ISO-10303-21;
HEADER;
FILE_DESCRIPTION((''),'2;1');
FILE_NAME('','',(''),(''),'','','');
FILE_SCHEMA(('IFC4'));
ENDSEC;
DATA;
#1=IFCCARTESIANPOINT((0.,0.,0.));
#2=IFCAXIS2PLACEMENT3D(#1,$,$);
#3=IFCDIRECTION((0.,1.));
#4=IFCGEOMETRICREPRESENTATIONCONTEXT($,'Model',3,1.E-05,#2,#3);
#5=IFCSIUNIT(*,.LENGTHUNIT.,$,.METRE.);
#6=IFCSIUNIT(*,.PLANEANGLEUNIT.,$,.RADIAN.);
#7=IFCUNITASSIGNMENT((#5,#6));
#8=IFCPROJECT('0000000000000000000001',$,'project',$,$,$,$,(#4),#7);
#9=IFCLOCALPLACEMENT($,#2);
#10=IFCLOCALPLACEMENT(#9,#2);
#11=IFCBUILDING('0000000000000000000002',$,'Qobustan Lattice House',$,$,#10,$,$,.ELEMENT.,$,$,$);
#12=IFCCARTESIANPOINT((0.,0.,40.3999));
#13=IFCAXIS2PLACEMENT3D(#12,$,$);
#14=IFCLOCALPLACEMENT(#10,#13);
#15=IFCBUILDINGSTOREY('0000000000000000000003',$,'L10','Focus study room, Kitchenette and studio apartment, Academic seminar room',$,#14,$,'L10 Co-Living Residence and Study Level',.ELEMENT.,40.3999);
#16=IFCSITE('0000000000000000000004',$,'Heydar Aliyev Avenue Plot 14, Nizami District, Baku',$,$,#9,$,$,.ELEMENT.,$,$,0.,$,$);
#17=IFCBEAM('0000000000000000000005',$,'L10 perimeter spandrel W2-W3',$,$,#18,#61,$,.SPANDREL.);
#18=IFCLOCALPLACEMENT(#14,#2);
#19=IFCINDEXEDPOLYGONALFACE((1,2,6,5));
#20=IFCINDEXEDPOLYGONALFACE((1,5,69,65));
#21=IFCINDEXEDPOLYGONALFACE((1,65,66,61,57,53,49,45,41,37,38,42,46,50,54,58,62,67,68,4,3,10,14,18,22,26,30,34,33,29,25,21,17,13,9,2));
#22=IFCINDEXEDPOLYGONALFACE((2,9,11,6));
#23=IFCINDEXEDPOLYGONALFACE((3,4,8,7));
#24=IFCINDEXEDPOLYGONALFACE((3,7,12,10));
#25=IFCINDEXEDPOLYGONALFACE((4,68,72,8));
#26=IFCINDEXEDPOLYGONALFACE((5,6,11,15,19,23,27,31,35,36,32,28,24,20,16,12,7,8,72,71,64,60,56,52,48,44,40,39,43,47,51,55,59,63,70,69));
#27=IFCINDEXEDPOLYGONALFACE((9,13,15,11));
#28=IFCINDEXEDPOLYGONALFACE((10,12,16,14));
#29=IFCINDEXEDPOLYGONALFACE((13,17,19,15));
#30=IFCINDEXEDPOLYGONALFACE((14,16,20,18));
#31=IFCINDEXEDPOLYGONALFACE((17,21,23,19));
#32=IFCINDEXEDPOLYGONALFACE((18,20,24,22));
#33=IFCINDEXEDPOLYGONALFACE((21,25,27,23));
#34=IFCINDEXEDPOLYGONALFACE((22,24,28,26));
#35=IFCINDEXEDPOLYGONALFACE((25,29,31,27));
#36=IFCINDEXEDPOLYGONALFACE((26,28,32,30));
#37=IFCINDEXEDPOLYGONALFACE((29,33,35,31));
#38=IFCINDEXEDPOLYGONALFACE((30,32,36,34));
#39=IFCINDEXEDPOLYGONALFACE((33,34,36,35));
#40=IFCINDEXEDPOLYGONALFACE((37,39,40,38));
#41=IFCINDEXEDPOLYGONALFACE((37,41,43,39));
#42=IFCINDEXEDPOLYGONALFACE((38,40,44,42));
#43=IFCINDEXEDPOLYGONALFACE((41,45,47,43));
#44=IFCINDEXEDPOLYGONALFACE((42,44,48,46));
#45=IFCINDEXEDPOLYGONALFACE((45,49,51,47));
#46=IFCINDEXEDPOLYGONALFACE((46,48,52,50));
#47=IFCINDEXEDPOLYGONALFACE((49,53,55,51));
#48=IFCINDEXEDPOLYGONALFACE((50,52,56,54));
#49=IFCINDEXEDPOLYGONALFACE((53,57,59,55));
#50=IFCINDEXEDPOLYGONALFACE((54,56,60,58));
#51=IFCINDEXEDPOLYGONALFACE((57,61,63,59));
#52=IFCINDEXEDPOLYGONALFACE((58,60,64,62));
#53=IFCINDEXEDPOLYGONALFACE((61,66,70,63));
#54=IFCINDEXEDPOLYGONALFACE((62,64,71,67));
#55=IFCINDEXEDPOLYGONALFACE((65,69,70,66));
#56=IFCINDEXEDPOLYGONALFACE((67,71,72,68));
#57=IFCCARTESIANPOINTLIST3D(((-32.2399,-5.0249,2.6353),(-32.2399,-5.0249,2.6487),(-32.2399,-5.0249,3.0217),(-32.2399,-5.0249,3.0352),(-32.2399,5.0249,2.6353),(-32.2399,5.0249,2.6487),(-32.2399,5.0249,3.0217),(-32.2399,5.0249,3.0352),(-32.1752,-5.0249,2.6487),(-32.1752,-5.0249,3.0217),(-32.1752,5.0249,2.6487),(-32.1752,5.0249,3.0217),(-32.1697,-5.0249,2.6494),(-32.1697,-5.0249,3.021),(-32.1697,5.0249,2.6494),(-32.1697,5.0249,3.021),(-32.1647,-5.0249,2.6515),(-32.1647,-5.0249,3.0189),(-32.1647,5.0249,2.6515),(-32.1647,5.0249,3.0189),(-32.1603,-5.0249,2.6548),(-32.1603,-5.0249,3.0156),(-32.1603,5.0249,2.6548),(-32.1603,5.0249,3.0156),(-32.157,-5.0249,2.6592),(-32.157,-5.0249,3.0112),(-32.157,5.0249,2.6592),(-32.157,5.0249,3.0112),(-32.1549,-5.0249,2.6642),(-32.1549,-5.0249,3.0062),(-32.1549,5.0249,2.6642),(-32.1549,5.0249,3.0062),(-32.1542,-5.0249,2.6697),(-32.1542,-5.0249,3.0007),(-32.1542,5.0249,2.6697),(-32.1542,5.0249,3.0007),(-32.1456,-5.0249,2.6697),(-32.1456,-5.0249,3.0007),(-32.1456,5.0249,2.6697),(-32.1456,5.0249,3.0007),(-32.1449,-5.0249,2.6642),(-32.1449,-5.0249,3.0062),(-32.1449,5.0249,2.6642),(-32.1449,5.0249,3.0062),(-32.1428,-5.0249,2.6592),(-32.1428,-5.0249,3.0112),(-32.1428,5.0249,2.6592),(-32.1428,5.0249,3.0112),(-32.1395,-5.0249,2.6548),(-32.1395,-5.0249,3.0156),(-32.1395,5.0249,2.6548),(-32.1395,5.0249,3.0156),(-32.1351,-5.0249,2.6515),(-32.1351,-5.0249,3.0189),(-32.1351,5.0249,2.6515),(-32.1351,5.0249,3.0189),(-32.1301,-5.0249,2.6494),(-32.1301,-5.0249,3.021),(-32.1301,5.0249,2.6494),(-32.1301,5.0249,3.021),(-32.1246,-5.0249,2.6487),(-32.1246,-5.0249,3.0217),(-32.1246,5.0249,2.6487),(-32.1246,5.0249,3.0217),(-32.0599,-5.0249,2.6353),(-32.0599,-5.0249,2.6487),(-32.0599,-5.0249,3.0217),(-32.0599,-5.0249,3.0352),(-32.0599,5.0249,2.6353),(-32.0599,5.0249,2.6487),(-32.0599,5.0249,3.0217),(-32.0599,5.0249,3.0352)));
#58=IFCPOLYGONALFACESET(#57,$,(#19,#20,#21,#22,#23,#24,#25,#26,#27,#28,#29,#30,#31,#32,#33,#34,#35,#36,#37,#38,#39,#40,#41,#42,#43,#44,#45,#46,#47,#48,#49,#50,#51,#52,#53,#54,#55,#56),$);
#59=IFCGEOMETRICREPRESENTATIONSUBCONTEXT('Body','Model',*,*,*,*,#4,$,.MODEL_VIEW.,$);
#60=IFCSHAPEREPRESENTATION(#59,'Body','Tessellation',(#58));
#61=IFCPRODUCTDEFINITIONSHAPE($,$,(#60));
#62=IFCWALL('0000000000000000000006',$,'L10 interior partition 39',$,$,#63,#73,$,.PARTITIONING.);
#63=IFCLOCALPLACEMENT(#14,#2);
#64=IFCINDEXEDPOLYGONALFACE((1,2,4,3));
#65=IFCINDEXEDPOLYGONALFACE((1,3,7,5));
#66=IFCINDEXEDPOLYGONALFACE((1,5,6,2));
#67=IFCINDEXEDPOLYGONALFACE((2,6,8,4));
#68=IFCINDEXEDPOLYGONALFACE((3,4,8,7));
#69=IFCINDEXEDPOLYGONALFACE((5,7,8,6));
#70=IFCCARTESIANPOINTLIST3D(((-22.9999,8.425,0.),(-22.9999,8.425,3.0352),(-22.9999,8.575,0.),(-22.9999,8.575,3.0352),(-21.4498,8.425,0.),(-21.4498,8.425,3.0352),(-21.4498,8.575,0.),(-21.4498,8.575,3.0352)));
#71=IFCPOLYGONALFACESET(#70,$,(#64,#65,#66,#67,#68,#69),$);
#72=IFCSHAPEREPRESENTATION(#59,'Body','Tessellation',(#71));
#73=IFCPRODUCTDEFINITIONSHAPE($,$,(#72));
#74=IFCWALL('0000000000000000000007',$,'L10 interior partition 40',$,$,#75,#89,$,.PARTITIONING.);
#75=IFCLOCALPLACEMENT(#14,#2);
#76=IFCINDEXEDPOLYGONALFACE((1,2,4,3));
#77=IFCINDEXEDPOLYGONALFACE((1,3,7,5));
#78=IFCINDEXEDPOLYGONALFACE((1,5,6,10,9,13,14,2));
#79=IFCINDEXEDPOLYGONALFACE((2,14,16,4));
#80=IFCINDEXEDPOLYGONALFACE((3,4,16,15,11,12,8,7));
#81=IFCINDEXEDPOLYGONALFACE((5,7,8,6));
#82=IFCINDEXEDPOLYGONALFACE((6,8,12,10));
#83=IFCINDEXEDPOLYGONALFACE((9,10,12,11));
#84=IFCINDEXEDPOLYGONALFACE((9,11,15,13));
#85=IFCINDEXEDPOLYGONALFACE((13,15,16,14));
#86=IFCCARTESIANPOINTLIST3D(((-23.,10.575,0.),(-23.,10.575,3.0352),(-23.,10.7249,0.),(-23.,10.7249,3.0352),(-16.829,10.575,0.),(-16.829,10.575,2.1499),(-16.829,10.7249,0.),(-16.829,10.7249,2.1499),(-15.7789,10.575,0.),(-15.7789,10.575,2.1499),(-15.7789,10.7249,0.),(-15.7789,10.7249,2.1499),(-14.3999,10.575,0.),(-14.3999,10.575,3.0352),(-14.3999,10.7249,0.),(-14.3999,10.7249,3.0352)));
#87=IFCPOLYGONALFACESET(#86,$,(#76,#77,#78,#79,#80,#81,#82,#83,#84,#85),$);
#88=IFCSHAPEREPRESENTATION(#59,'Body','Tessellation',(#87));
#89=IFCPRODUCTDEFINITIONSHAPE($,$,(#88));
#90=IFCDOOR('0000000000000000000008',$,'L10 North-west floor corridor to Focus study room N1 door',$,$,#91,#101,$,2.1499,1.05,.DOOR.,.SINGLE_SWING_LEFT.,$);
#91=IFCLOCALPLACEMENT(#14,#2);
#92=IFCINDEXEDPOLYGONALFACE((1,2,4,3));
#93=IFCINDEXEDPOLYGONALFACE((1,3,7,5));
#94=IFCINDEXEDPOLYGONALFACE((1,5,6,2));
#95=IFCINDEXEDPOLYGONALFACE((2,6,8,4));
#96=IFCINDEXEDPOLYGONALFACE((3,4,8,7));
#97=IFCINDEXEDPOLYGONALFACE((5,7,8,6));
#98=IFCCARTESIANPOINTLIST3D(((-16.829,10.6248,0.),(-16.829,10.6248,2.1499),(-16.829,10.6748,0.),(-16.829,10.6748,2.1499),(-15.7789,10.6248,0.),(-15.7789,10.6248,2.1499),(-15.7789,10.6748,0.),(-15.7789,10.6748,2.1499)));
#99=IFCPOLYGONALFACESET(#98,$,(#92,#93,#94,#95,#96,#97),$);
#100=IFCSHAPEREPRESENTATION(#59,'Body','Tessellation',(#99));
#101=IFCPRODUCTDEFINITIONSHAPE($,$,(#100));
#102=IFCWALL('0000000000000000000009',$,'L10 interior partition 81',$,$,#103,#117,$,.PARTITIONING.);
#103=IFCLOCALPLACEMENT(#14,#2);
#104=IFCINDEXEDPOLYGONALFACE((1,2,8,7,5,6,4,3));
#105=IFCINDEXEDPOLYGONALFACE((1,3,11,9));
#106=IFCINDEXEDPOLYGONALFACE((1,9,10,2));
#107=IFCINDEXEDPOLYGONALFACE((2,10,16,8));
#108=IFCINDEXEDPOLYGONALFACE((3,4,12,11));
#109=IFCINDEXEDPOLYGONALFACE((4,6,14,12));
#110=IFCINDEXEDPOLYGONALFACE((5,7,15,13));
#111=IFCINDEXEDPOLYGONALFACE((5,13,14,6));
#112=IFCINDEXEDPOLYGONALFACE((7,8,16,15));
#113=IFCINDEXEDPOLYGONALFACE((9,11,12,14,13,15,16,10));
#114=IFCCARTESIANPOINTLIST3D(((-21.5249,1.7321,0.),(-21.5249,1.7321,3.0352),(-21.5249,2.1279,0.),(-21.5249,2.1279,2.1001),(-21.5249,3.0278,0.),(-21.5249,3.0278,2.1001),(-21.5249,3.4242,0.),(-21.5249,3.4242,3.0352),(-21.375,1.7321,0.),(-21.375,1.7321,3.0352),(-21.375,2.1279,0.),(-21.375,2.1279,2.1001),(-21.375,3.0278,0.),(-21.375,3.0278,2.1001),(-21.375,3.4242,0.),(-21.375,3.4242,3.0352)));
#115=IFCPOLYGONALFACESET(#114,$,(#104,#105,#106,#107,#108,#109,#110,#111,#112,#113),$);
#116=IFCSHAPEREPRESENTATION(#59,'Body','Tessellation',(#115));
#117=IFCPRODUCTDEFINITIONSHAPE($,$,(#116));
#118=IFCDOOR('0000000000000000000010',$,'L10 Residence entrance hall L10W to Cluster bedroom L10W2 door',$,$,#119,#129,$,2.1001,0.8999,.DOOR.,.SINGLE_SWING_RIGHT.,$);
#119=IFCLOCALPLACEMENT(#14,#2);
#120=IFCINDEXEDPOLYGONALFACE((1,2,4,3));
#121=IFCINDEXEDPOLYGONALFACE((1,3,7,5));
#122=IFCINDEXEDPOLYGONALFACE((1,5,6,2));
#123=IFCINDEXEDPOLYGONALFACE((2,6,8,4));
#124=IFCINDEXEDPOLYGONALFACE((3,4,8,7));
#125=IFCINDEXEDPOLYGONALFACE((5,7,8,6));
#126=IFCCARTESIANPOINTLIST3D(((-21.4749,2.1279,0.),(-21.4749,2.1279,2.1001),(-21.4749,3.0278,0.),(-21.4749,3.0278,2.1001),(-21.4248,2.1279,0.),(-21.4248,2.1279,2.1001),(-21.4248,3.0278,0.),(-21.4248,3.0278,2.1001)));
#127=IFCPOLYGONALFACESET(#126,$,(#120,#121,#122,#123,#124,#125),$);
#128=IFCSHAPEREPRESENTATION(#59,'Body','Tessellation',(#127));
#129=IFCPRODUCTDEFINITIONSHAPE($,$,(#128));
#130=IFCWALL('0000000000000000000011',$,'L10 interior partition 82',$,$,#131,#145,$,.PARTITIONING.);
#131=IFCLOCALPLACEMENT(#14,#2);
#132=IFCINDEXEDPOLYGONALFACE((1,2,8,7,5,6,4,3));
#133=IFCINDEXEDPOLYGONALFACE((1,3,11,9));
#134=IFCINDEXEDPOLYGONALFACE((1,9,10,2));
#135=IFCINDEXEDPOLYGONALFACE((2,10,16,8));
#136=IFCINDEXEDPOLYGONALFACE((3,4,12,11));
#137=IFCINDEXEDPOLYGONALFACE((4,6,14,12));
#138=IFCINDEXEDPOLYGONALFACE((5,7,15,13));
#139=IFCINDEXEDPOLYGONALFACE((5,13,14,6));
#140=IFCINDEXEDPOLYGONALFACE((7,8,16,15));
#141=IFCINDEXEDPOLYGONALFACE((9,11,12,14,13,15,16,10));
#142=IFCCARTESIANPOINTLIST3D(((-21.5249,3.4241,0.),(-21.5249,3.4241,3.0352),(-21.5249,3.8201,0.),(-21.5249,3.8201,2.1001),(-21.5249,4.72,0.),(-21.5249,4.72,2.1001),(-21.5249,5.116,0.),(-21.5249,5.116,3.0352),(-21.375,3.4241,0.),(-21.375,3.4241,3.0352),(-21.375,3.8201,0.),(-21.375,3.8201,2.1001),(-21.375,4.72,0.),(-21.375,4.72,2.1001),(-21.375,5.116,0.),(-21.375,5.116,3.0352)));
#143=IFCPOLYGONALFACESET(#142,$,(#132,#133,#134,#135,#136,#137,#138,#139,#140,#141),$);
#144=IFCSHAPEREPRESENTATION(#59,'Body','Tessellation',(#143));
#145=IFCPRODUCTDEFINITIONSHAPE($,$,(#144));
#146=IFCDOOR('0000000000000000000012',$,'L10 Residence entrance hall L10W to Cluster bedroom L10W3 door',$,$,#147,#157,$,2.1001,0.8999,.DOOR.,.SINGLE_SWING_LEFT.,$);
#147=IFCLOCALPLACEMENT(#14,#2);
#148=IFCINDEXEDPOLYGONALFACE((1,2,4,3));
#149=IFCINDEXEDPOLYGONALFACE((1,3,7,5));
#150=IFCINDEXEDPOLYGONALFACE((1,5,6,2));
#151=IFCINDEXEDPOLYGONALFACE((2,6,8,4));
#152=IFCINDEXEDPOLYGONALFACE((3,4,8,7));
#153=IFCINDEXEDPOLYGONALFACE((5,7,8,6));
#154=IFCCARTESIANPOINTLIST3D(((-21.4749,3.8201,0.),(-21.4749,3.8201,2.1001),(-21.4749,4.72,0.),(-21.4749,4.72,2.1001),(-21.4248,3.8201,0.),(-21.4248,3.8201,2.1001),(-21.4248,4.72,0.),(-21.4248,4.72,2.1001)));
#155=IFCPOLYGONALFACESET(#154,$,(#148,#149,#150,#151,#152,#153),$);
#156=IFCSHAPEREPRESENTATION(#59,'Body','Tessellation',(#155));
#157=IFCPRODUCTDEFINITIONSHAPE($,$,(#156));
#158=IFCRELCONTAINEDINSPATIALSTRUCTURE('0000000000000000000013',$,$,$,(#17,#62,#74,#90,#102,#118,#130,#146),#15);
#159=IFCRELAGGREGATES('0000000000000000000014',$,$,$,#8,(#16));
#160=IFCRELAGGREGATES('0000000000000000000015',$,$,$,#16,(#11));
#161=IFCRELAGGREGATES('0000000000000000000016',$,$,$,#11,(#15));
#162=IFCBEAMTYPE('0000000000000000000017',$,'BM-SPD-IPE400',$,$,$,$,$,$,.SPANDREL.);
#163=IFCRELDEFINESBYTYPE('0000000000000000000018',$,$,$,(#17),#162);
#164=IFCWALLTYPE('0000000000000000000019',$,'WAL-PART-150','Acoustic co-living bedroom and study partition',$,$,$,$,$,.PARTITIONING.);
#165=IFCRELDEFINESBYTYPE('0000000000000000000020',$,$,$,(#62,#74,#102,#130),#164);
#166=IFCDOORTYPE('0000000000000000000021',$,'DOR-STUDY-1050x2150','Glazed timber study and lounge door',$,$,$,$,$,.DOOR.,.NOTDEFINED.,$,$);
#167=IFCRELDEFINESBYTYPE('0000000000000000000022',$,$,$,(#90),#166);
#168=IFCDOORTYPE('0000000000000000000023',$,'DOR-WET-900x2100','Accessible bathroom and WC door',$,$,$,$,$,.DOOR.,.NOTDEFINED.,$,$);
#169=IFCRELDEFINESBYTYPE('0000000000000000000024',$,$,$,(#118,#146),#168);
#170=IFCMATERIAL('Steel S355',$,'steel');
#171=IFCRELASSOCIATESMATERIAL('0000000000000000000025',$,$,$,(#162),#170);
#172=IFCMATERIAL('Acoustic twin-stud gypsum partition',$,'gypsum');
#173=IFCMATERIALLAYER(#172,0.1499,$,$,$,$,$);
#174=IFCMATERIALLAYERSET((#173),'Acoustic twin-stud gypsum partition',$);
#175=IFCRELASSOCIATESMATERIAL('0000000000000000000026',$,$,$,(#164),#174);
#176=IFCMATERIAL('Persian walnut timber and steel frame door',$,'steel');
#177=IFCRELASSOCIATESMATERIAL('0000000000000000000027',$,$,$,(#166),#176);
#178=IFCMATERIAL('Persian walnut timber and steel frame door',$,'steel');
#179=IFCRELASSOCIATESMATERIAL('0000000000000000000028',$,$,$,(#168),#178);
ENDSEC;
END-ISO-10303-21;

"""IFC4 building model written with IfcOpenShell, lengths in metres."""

from ifc_helpers import new_model, si_unit, direction, frame, frame_2d, origin, origin_2d, place, context, subcontext, project, spatial, rectangle, i_section, extrude, material, layer, layer_set, material_profile, profile_set, type_object, element, fill, save


model = new_model("IFC4")

# Units and contexts
model_context = context("Model", 3, precision=1e-05, world=origin(), true_north=direction((0.0, 1.0)))
body_context = subcontext(model_context, "Body", "Model", "MODEL_VIEW")
ifc_project = project(units=[si_unit("LENGTHUNIT", "METRE"), si_unit("PLANEANGLEUNIT", "RADIAN")], contexts=[model_context])

# Site, building, storey
site_placement = place(None, origin())
site = spatial("IfcSite", under=ifc_project, at=site_placement, Name="Heydar Aliyev Avenue Plot 14, Nizami District, Baku", CompositionType="ELEMENT", RefElevation=0.0)
building_placement = place(site_placement, origin())
building = spatial("IfcBuilding", under=site, at=building_placement, Name="Qobustan Lattice House", CompositionType="ELEMENT")
storey_placement = place(building_placement, frame((0.0, 0.0, 40.3999)))
storey = spatial("IfcBuildingStorey", under=building, at=storey_placement, Name="L10", Description="Focus study room, Kitchenette and studio apartment, Academic seminar room", LongName="L10 Co-Living Residence and Study Level", CompositionType="ELEMENT", Elevation=40.3999)

# Beam
ifc_material_1 = material(Name="Steel S355", Category="steel")
ifc_material_profile_1 = material_profile(ifc_material_1, i_section(OverallWidth=0.1799, OverallDepth=0.3999, WebThickness=0.0085, FlangeThickness=0.0134, FilletRadius=0.021, at=origin_2d()), Name="IPE400")
ifc_profile_set_1 = profile_set([ifc_material_profile_1], Name="Steel S355")
beam_type_1 = type_object("IfcBeamType", Name="BM-SPD-IPE400", PredefinedType="SPANDREL", material=ifc_profile_set_1)
beam_1_placement = place(storey_placement, frame((-32.1499, 5.0249, 2.8352), z_axis=(0.0, -1.0, 0.0), x_axis=(1.0, 0.0, 0.0)))
element("IfcBeam", 1, at=beam_1_placement, inside=storey, type_object=beam_type_1, Name="L10 perimeter spandrel W2-W3", PredefinedType="SPANDREL", context=body_context, shape_type="SweptSolid", body=[
    extrude(i_section(OverallWidth=0.1799, OverallDepth=0.3999, WebThickness=0.0085, FlangeThickness=0.0134, FilletRadius=0.021, at=origin_2d()), origin(), (0.0, 0.0, 1.0), 10.0498),
])

# Wall
ifc_material_2 = material(Name="Acoustic twin-stud gypsum partition", Category="gypsum")
ifc_layer_1 = layer(ifc_material_2, 0.1499)
ifc_layer_set_1 = layer_set([ifc_layer_1], Name="Acoustic twin-stud gypsum partition")
wall_type_1 = type_object("IfcWallType", Name="WAL-PART-150", Description="Acoustic co-living bedroom and study partition", PredefinedType="PARTITIONING", material=ifc_layer_set_1)
wall_1_placement = place(storey_placement, frame((-21.45, 8.5, 0.0), z_axis=(0.0, 0.0, 1.0), x_axis=(-1.0, 0.0, 0.0)))
element("IfcWall", 2, at=wall_1_placement, inside=storey, type_object=wall_type_1, Name="L10 interior partition 39", PredefinedType="PARTITIONING", context=body_context, shape_type="SweptSolid", body=[
    extrude(rectangle(XDim=1.55, YDim=0.1499, at=frame_2d((0.7749, 0.0))), origin(), (0.0, 0.0, 1.0), 3.0352),
])

# Walls, openings, doors
wall_2_placement = place(storey_placement, frame((-23.0, 10.6499, 0.0), z_axis=(0.0, 0.0, 1.0), x_axis=(1.0, 0.0, 0.0)))
wall_2 = element("IfcWall", 3, at=wall_2_placement, inside=storey, type_object=wall_type_1, Name="L10 interior partition 40", PredefinedType="PARTITIONING", context=body_context, shape_type="SweptSolid", body=[
    extrude(rectangle(XDim=8.6001, YDim=0.1499, at=frame_2d((4.3, 0.0))), origin(), (0.0, 0.0, 1.0), 3.0352),
])
opening_1_placement = place(wall_2_placement, frame((6.1711, 0.0, 0.0)))
opening_1 = element("IfcOpeningElement", 4, at=opening_1_placement, cuts=wall_2, PredefinedType="OPENING", context=body_context, shape_type="SweptSolid", body=[
    extrude(rectangle(XDim=1.05, YDim=2.1499, at=frame_2d((0.5249, 1.075))), frame((0.0, 0.085, 0.0), z_axis=(0.0, -1.0, 0.0), x_axis=(1.0, 0.0, 0.0)), (0.0, 0.0, 1.0), 0.1699),
])
ifc_material_3 = material(Name="Persian walnut timber and steel frame door", Category="steel")
door_type_1 = type_object("IfcDoorType", Name="DOR-STUDY-1050x2150", Description="Glazed timber study and lounge door", OperationType="NOTDEFINED", PredefinedType="DOOR", material=ifc_material_3)
door_1_placement = place(opening_1_placement, origin())
door_1 = element("IfcDoor", 5, at=door_1_placement, inside=storey, type_object=door_type_1, Name="L10 North-west floor corridor to Focus study room N1 door", OperationType="SINGLE_SWING_LEFT", OverallHeight=2.1499, OverallWidth=1.05, PredefinedType="DOOR", context=body_context, shape_type="SweptSolid", body=[
    extrude(rectangle(XDim=1.05, YDim=2.1499, at=frame_2d((0.5249, 1.075))), frame((0.0, 0.0249, 0.0), z_axis=(0.0, -1.0, 0.0), x_axis=(1.0, 0.0, 0.0)), (0.0, 0.0, 1.0), 0.05),
])
fill(opening_1, door_1)
wall_3_placement = place(storey_placement, frame((-21.45, 1.7319, 0.0), z_axis=(0.0, 0.0, 1.0), x_axis=(0.0, 1.0, 0.0)))
wall_3 = element("IfcWall", 6, at=wall_3_placement, inside=storey, type_object=wall_type_1, Name="L10 interior partition 81", PredefinedType="PARTITIONING", context=body_context, shape_type="SweptSolid", body=[
    extrude(rectangle(XDim=1.6921, YDim=0.1499, at=frame_2d((0.8462, 0.0))), origin(), (0.0, 0.0, 1.0), 3.0352),
])
opening_2_placement = place(wall_3_placement, frame((0.396, 0.0, 0.0)))
opening_2 = element("IfcOpeningElement", 7, at=opening_2_placement, cuts=wall_3, PredefinedType="OPENING", context=body_context, shape_type="SweptSolid", body=[
    extrude(rectangle(XDim=0.8999, YDim=2.1001, at=frame_2d((0.45, 1.05))), frame((0.0, 0.085, 0.0), z_axis=(0.0, -1.0, 0.0), x_axis=(1.0, 0.0, 0.0)), (0.0, 0.0, 1.0), 0.1699),
])
ifc_material_4 = material(Name="Persian walnut timber and steel frame door", Category="steel")
door_type_2 = type_object("IfcDoorType", Name="DOR-WET-900x2100", Description="Accessible bathroom and WC door", OperationType="NOTDEFINED", PredefinedType="DOOR", material=ifc_material_4)
door_2_placement = place(opening_2_placement, origin())
door_2 = element("IfcDoor", 8, at=door_2_placement, inside=storey, type_object=door_type_2, Name="L10 Residence entrance hall L10W to Cluster bedroom L10W2 door", OperationType="SINGLE_SWING_RIGHT", OverallHeight=2.1001, OverallWidth=0.8999, PredefinedType="DOOR", context=body_context, shape_type="SweptSolid", body=[
    extrude(rectangle(XDim=0.8999, YDim=2.1001, at=frame_2d((0.45, 1.05))), frame((0.0, 0.0249, 0.0), z_axis=(0.0, -1.0, 0.0), x_axis=(1.0, 0.0, 0.0)), (0.0, 0.0, 1.0), 0.05),
])
fill(opening_2, door_2)
wall_4_placement = place(storey_placement, frame((-21.45, 3.4241, 0.0), z_axis=(0.0, 0.0, 1.0), x_axis=(0.0, 1.0, 0.0)))
wall_4 = element("IfcWall", 9, at=wall_4_placement, inside=storey, type_object=wall_type_1, Name="L10 interior partition 82", PredefinedType="PARTITIONING", context=body_context, shape_type="SweptSolid", body=[
    extrude(rectangle(XDim=1.6919, YDim=0.1499, at=frame_2d((0.8459, 0.0))), origin(), (0.0, 0.0, 1.0), 3.0352),
])
opening_3_placement = place(wall_4_placement, frame((0.396, 0.0, 0.0)))
opening_3 = element("IfcOpeningElement", 10, at=opening_3_placement, cuts=wall_4, PredefinedType="OPENING", context=body_context, shape_type="SweptSolid", body=[
    extrude(rectangle(XDim=0.8999, YDim=2.1001, at=frame_2d((0.45, 1.05))), frame((0.0, 0.085, 0.0), z_axis=(0.0, -1.0, 0.0), x_axis=(1.0, 0.0, 0.0)), (0.0, 0.0, 1.0), 0.1699),
])
door_3_placement = place(opening_3_placement, origin())
door_3 = element("IfcDoor", 11, at=door_3_placement, inside=storey, type_object=door_type_2, Name="L10 Residence entrance hall L10W to Cluster bedroom L10W3 door", OperationType="SINGLE_SWING_LEFT", OverallHeight=2.1001, OverallWidth=0.8999, PredefinedType="DOOR", context=body_context, shape_type="SweptSolid", body=[
    extrude(rectangle(XDim=0.8999, YDim=2.1001, at=frame_2d((0.45, 1.05))), frame((0.0, 0.0249, 0.0), z_axis=(0.0, -1.0, 0.0), x_axis=(1.0, 0.0, 0.0)), (0.0, 0.0, 1.0), 0.05),
])
fill(opening_3, door_3)

save(model, "model.ifc")
